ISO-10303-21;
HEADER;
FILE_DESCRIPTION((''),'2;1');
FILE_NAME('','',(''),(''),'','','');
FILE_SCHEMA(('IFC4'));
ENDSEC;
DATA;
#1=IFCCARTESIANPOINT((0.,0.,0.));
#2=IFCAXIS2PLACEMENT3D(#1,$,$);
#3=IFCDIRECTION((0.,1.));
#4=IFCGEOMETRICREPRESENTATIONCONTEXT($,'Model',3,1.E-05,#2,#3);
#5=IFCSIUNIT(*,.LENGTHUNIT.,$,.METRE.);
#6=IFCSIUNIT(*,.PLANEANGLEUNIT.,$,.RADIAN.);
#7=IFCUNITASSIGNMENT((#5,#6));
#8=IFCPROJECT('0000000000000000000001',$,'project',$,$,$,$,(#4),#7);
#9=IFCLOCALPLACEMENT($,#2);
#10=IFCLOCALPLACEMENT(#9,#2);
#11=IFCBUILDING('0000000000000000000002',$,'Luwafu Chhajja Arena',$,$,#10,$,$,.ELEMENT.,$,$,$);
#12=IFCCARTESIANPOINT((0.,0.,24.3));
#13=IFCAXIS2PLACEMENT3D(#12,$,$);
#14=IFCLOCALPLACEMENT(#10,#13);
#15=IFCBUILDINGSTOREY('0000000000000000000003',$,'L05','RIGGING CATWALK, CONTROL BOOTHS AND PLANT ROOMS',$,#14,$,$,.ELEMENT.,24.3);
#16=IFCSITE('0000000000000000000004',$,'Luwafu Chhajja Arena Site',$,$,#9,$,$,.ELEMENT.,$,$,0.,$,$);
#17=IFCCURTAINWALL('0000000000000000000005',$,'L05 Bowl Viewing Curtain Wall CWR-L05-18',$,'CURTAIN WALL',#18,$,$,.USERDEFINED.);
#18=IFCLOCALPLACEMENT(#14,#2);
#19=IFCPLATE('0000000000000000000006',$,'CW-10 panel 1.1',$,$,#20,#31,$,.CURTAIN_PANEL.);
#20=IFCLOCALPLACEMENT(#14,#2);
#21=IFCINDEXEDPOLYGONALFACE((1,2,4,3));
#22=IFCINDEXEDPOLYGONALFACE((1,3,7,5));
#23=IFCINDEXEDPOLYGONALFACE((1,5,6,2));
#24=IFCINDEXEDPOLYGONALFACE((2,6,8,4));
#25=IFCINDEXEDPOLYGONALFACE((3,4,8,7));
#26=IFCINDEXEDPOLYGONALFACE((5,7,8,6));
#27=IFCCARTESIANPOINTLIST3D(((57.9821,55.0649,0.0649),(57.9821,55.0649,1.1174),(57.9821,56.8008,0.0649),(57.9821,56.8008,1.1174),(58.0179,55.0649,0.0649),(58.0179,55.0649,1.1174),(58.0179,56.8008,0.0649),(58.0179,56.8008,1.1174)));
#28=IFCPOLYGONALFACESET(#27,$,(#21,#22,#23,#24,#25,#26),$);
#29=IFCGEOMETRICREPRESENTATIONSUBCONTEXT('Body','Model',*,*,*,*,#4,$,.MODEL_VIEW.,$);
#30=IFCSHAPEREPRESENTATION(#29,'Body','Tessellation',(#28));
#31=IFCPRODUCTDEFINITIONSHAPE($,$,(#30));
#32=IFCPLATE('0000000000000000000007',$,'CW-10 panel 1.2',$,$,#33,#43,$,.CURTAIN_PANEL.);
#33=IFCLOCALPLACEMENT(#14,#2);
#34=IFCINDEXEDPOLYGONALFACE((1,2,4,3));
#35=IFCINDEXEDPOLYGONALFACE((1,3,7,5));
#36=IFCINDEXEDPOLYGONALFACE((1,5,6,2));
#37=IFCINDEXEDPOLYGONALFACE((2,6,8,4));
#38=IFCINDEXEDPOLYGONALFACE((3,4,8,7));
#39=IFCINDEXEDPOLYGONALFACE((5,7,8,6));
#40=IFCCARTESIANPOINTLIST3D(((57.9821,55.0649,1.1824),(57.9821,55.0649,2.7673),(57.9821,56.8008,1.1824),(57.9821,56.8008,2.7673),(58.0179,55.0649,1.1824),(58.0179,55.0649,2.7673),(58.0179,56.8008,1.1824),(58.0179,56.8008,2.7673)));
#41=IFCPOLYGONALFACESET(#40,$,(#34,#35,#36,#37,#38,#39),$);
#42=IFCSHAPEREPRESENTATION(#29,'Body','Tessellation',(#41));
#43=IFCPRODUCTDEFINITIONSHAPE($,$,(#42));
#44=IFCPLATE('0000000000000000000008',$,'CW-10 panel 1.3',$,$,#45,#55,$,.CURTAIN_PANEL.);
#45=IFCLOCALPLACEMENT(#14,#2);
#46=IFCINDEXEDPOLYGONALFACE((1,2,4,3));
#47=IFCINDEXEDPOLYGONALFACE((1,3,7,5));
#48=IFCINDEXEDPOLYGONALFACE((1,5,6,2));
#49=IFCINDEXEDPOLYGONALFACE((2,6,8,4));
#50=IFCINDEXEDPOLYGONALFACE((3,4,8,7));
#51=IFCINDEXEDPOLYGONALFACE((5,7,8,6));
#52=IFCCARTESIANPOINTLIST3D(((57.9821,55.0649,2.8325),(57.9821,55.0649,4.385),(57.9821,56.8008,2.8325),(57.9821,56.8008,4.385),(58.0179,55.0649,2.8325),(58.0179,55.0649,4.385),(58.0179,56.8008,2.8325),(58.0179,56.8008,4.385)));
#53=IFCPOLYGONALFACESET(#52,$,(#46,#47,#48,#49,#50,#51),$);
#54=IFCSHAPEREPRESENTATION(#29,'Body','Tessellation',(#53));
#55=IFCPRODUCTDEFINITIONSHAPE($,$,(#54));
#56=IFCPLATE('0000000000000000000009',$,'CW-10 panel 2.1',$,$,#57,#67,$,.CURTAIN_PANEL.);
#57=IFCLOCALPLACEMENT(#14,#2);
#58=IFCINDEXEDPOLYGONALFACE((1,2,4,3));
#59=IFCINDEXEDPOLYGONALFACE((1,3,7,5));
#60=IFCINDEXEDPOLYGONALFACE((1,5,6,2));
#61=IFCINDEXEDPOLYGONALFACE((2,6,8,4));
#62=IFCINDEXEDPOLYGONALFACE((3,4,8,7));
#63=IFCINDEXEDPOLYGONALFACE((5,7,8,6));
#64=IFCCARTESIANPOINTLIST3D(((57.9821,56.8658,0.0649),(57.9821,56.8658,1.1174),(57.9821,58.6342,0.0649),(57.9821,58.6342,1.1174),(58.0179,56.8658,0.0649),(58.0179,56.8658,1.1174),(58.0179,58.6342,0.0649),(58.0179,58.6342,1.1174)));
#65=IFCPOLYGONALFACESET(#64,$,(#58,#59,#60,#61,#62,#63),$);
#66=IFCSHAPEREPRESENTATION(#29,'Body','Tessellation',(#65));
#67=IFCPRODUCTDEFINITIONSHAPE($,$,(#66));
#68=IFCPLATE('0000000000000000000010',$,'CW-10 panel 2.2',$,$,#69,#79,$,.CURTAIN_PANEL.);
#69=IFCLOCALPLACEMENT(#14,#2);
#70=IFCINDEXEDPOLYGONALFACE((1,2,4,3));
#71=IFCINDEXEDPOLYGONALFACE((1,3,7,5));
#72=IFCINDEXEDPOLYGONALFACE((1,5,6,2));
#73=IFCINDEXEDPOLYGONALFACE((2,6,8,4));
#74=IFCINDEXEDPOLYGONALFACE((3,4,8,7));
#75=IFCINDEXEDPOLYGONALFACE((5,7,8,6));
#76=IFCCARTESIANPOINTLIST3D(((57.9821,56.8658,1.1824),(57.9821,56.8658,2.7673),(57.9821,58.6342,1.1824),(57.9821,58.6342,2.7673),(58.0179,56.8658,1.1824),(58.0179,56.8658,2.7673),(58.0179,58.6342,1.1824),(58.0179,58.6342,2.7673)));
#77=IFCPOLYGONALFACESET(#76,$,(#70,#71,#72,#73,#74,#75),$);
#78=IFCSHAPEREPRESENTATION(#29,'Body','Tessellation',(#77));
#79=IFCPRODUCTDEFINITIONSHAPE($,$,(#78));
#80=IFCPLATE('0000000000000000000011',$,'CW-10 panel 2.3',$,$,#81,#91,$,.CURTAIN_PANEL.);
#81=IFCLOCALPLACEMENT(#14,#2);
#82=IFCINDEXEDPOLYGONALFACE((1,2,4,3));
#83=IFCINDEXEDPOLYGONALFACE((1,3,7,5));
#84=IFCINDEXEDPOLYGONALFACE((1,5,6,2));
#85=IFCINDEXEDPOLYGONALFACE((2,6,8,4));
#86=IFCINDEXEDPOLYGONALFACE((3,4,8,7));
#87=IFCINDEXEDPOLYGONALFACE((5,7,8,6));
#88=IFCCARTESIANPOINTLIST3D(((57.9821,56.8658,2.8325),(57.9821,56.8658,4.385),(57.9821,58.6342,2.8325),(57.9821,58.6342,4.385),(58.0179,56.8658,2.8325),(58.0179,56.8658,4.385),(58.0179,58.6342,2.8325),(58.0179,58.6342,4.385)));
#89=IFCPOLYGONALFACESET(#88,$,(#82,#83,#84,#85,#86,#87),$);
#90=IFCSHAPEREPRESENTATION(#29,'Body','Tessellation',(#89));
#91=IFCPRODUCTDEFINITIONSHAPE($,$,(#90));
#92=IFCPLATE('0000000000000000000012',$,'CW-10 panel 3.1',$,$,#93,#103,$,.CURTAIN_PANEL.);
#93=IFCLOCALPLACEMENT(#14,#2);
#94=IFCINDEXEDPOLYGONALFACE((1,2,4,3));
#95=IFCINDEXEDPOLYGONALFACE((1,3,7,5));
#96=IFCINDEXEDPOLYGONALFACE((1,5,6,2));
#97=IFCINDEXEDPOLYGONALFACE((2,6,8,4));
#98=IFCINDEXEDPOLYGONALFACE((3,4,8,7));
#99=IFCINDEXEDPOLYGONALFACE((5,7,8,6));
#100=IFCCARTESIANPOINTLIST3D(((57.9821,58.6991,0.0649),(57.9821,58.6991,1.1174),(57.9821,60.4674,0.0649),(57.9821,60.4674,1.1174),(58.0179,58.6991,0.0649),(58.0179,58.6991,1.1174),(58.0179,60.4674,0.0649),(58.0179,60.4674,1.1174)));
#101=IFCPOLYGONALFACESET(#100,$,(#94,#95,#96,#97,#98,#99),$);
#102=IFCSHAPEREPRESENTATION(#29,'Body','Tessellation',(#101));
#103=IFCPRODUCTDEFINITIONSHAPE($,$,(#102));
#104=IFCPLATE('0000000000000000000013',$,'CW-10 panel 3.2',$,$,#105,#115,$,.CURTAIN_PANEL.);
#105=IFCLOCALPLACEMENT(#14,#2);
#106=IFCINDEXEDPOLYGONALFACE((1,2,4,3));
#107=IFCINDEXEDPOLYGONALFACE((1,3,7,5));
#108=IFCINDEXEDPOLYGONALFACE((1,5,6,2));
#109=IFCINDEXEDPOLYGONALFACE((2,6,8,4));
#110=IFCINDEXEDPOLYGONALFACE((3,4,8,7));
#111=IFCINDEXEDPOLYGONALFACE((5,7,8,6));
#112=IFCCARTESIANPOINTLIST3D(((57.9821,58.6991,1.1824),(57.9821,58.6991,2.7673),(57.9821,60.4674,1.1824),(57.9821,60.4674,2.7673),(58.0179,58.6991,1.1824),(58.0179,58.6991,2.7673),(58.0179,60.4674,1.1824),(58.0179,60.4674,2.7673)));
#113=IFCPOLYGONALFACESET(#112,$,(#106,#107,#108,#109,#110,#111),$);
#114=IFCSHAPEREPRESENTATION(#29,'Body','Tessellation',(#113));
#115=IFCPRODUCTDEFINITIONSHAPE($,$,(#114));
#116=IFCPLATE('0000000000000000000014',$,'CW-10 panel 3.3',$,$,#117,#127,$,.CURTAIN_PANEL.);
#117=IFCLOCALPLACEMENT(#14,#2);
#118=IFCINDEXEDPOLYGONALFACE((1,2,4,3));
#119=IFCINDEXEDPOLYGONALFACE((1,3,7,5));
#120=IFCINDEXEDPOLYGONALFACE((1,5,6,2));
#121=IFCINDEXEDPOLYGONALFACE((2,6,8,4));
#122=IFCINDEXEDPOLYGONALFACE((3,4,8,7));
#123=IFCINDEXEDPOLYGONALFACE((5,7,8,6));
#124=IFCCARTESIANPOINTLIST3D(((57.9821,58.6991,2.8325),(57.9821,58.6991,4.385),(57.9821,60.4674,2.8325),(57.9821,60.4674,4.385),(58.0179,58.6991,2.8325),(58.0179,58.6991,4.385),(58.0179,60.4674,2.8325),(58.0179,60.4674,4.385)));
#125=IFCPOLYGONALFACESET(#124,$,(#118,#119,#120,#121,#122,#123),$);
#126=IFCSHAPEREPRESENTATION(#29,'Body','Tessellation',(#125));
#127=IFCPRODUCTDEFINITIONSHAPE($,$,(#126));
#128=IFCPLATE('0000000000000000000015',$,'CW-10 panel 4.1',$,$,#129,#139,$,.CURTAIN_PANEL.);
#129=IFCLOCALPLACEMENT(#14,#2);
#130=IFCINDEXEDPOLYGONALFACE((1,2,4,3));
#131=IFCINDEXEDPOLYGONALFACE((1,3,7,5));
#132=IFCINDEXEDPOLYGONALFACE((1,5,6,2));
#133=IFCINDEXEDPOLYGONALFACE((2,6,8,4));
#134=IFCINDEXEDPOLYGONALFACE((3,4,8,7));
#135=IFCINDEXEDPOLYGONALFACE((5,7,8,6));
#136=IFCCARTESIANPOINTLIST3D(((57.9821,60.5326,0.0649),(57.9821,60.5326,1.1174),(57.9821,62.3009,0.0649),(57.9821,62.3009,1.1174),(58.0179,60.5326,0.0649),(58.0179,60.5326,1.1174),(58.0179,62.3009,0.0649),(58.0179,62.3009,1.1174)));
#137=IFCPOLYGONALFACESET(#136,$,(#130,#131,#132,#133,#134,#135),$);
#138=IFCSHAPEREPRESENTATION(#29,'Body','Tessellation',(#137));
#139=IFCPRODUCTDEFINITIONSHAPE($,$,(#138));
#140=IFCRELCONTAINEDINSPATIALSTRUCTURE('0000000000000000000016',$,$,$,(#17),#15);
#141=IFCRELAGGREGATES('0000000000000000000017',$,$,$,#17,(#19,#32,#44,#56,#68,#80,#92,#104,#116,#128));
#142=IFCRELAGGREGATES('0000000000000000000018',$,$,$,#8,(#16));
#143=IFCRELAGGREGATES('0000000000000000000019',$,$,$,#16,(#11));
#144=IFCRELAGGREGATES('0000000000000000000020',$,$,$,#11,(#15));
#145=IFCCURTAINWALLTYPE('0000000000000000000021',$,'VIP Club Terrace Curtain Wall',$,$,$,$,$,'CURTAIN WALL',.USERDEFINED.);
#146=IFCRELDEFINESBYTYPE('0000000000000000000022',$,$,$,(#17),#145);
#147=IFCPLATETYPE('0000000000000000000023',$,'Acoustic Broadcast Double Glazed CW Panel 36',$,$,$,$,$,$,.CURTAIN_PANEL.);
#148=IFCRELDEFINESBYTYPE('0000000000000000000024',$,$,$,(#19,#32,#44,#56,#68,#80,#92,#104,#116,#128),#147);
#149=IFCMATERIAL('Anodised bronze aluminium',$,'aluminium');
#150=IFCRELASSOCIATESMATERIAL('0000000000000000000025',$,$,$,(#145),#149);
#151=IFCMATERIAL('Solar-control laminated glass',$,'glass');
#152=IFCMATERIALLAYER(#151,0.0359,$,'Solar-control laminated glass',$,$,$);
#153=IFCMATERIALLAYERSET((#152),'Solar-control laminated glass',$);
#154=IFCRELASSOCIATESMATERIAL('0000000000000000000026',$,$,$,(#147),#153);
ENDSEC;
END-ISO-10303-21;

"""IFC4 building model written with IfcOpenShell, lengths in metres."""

from ifc_helpers import new_model, si_unit, direction, frame, origin, origin_2d, place, context, subcontext, project, spatial, rectangle, extrude, material, layer, layer_set, type_object, element, aggregate, save


model = new_model("IFC4")

# Units and contexts
model_context = context("Model", 3, precision=1e-05, world=origin(), true_north=direction((0.0, 1.0)))
body_context = subcontext(model_context, "Body", "Model", "MODEL_VIEW")
ifc_project = project(units=[si_unit("LENGTHUNIT", "METRE"), si_unit("PLANEANGLEUNIT", "RADIAN")], contexts=[model_context])

# Site, building, storey
site_placement = place(None, origin())
site = spatial("IfcSite", under=ifc_project, at=site_placement, Name="Luwafu Chhajja Arena Site", CompositionType="ELEMENT", RefElevation=0.0)
building_placement = place(site_placement, origin())
building = spatial("IfcBuilding", under=site, at=building_placement, Name="Luwafu Chhajja Arena", CompositionType="ELEMENT")
storey_placement = place(building_placement, frame((0.0, 0.0, 24.3)))
storey = spatial("IfcBuildingStorey", under=building, at=storey_placement, Name="L05", Description="RIGGING CATWALK, CONTROL BOOTHS AND PLANT ROOMS", CompositionType="ELEMENT", Elevation=24.3)

# Curtain wall, plates
ifc_material_1 = material(Name="Anodised bronze aluminium", Category="aluminium")
curtain_wall_type = type_object("IfcCurtainWallType", Name="VIP Club Terrace Curtain Wall", ElementType="CURTAIN WALL", PredefinedType="USERDEFINED", material=ifc_material_1)
curtain_wall_placement = place(storey_placement, origin())
curtain_wall = element("IfcCurtainWall", 1, at=curtain_wall_placement, inside=storey, type_object=curtain_wall_type, Name="L05 Bowl Viewing Curtain Wall CWR-L05-18", ObjectType="CURTAIN WALL", PredefinedType="USERDEFINED")
ifc_material_2 = material(Name="Solar-control laminated glass", Category="glass")
ifc_layer = layer(ifc_material_2, 0.0359, Name="Solar-control laminated glass")
ifc_layer_set = layer_set([ifc_layer], Name="Solar-control laminated glass")
plate_type = type_object("IfcPlateType", Name="Acoustic Broadcast Double Glazed CW Panel 36", PredefinedType="CURTAIN_PANEL", material=ifc_layer_set)
plate_1_placement = place(storey_placement, frame((58.0, 55.9329, 0.0649), z_axis=(0.0, 0.0, 1.0), x_axis=(0.0, 1.0, 0.0)))
plate_1 = element("IfcPlate", 2, at=plate_1_placement, type_object=plate_type, Name="CW-10 panel 1.1", PredefinedType="CURTAIN_PANEL", context=body_context, shape_type="SweptSolid", body=[
    extrude(rectangle(XDim=1.7358, YDim=0.0359, at=origin_2d()), origin(), (0.0, 0.0, 1.0), 1.0525),
])
plate_2_placement = place(storey_placement, frame((58.0, 55.9329, 1.1824), z_axis=(0.0, 0.0, 1.0), x_axis=(0.0, 1.0, 0.0)))
plate_2 = element("IfcPlate", 3, at=plate_2_placement, type_object=plate_type, Name="CW-10 panel 1.2", PredefinedType="CURTAIN_PANEL", context=body_context, shape_type="SweptSolid", body=[
    extrude(rectangle(XDim=1.7358, YDim=0.0359, at=origin_2d()), origin(), (0.0, 0.0, 1.0), 1.585),
])
plate_3_placement = place(storey_placement, frame((58.0, 55.9329, 2.8325), z_axis=(0.0, 0.0, 1.0), x_axis=(0.0, 1.0, 0.0)))
plate_3 = element("IfcPlate", 4, at=plate_3_placement, type_object=plate_type, Name="CW-10 panel 1.3", PredefinedType="CURTAIN_PANEL", context=body_context, shape_type="SweptSolid", body=[
    extrude(rectangle(XDim=1.7358, YDim=0.0359, at=origin_2d()), origin(), (0.0, 0.0, 1.0), 1.5525),
])
plate_4_placement = place(storey_placement, frame((58.0, 57.75, 0.0649), z_axis=(0.0, 0.0, 1.0), x_axis=(0.0, 1.0, 0.0)))
plate_4 = element("IfcPlate", 5, at=plate_4_placement, type_object=plate_type, Name="CW-10 panel 2.1", PredefinedType="CURTAIN_PANEL", context=body_context, shape_type="SweptSolid", body=[
    extrude(rectangle(XDim=1.7683, YDim=0.0359, at=origin_2d()), origin(), (0.0, 0.0, 1.0), 1.0525),
])
plate_5_placement = place(storey_placement, frame((58.0, 57.75, 1.1824), z_axis=(0.0, 0.0, 1.0), x_axis=(0.0, 1.0, 0.0)))
plate_5 = element("IfcPlate", 6, at=plate_5_placement, type_object=plate_type, Name="CW-10 panel 2.2", PredefinedType="CURTAIN_PANEL", context=body_context, shape_type="SweptSolid", body=[
    extrude(rectangle(XDim=1.7683, YDim=0.0359, at=origin_2d()), origin(), (0.0, 0.0, 1.0), 1.585),
])
plate_6_placement = place(storey_placement, frame((58.0, 57.75, 2.8325), z_axis=(0.0, 0.0, 1.0), x_axis=(0.0, 1.0, 0.0)))
plate_6 = element("IfcPlate", 7, at=plate_6_placement, type_object=plate_type, Name="CW-10 panel 2.3", PredefinedType="CURTAIN_PANEL", context=body_context, shape_type="SweptSolid", body=[
    extrude(rectangle(XDim=1.7683, YDim=0.0359, at=origin_2d()), origin(), (0.0, 0.0, 1.0), 1.5525),
])
plate_7_placement = place(storey_placement, frame((58.0, 59.5833, 0.0649), z_axis=(0.0, 0.0, 1.0), x_axis=(0.0, 1.0, 0.0)))
plate_7 = element("IfcPlate", 8, at=plate_7_placement, type_object=plate_type, Name="CW-10 panel 3.1", PredefinedType="CURTAIN_PANEL", context=body_context, shape_type="SweptSolid", body=[
    extrude(rectangle(XDim=1.7683, YDim=0.0359, at=origin_2d()), origin(), (0.0, 0.0, 1.0), 1.0525),
])
plate_8_placement = place(storey_placement, frame((58.0, 59.5833, 1.1824), z_axis=(0.0, 0.0, 1.0), x_axis=(0.0, 1.0, 0.0)))
plate_8 = element("IfcPlate", 9, at=plate_8_placement, type_object=plate_type, Name="CW-10 panel 3.2", PredefinedType="CURTAIN_PANEL", context=body_context, shape_type="SweptSolid", body=[
    extrude(rectangle(XDim=1.7683, YDim=0.0359, at=origin_2d()), origin(), (0.0, 0.0, 1.0), 1.585),
])
plate_9_placement = place(storey_placement, frame((58.0, 59.5833, 2.8325), z_axis=(0.0, 0.0, 1.0), x_axis=(0.0, 1.0, 0.0)))
plate_9 = element("IfcPlate", 10, at=plate_9_placement, type_object=plate_type, Name="CW-10 panel 3.3", PredefinedType="CURTAIN_PANEL", context=body_context, shape_type="SweptSolid", body=[
    extrude(rectangle(XDim=1.7683, YDim=0.0359, at=origin_2d()), origin(), (0.0, 0.0, 1.0), 1.5525),
])
plate_10_placement = place(storey_placement, frame((58.0, 61.4167, 0.0649), z_axis=(0.0, 0.0, 1.0), x_axis=(0.0, 1.0, 0.0)))
plate_10 = element("IfcPlate", 11, at=plate_10_placement, type_object=plate_type, Name="CW-10 panel 4.1", PredefinedType="CURTAIN_PANEL", context=body_context, shape_type="SweptSolid", body=[
    extrude(rectangle(XDim=1.7683, YDim=0.0359, at=origin_2d()), origin(), (0.0, 0.0, 1.0), 1.0525),
])
aggregate(curtain_wall, [plate_1, plate_2, plate_3, plate_4, plate_5, plate_6, plate_7, plate_8, plate_9, plate_10])

save(model, "model.ifc")
